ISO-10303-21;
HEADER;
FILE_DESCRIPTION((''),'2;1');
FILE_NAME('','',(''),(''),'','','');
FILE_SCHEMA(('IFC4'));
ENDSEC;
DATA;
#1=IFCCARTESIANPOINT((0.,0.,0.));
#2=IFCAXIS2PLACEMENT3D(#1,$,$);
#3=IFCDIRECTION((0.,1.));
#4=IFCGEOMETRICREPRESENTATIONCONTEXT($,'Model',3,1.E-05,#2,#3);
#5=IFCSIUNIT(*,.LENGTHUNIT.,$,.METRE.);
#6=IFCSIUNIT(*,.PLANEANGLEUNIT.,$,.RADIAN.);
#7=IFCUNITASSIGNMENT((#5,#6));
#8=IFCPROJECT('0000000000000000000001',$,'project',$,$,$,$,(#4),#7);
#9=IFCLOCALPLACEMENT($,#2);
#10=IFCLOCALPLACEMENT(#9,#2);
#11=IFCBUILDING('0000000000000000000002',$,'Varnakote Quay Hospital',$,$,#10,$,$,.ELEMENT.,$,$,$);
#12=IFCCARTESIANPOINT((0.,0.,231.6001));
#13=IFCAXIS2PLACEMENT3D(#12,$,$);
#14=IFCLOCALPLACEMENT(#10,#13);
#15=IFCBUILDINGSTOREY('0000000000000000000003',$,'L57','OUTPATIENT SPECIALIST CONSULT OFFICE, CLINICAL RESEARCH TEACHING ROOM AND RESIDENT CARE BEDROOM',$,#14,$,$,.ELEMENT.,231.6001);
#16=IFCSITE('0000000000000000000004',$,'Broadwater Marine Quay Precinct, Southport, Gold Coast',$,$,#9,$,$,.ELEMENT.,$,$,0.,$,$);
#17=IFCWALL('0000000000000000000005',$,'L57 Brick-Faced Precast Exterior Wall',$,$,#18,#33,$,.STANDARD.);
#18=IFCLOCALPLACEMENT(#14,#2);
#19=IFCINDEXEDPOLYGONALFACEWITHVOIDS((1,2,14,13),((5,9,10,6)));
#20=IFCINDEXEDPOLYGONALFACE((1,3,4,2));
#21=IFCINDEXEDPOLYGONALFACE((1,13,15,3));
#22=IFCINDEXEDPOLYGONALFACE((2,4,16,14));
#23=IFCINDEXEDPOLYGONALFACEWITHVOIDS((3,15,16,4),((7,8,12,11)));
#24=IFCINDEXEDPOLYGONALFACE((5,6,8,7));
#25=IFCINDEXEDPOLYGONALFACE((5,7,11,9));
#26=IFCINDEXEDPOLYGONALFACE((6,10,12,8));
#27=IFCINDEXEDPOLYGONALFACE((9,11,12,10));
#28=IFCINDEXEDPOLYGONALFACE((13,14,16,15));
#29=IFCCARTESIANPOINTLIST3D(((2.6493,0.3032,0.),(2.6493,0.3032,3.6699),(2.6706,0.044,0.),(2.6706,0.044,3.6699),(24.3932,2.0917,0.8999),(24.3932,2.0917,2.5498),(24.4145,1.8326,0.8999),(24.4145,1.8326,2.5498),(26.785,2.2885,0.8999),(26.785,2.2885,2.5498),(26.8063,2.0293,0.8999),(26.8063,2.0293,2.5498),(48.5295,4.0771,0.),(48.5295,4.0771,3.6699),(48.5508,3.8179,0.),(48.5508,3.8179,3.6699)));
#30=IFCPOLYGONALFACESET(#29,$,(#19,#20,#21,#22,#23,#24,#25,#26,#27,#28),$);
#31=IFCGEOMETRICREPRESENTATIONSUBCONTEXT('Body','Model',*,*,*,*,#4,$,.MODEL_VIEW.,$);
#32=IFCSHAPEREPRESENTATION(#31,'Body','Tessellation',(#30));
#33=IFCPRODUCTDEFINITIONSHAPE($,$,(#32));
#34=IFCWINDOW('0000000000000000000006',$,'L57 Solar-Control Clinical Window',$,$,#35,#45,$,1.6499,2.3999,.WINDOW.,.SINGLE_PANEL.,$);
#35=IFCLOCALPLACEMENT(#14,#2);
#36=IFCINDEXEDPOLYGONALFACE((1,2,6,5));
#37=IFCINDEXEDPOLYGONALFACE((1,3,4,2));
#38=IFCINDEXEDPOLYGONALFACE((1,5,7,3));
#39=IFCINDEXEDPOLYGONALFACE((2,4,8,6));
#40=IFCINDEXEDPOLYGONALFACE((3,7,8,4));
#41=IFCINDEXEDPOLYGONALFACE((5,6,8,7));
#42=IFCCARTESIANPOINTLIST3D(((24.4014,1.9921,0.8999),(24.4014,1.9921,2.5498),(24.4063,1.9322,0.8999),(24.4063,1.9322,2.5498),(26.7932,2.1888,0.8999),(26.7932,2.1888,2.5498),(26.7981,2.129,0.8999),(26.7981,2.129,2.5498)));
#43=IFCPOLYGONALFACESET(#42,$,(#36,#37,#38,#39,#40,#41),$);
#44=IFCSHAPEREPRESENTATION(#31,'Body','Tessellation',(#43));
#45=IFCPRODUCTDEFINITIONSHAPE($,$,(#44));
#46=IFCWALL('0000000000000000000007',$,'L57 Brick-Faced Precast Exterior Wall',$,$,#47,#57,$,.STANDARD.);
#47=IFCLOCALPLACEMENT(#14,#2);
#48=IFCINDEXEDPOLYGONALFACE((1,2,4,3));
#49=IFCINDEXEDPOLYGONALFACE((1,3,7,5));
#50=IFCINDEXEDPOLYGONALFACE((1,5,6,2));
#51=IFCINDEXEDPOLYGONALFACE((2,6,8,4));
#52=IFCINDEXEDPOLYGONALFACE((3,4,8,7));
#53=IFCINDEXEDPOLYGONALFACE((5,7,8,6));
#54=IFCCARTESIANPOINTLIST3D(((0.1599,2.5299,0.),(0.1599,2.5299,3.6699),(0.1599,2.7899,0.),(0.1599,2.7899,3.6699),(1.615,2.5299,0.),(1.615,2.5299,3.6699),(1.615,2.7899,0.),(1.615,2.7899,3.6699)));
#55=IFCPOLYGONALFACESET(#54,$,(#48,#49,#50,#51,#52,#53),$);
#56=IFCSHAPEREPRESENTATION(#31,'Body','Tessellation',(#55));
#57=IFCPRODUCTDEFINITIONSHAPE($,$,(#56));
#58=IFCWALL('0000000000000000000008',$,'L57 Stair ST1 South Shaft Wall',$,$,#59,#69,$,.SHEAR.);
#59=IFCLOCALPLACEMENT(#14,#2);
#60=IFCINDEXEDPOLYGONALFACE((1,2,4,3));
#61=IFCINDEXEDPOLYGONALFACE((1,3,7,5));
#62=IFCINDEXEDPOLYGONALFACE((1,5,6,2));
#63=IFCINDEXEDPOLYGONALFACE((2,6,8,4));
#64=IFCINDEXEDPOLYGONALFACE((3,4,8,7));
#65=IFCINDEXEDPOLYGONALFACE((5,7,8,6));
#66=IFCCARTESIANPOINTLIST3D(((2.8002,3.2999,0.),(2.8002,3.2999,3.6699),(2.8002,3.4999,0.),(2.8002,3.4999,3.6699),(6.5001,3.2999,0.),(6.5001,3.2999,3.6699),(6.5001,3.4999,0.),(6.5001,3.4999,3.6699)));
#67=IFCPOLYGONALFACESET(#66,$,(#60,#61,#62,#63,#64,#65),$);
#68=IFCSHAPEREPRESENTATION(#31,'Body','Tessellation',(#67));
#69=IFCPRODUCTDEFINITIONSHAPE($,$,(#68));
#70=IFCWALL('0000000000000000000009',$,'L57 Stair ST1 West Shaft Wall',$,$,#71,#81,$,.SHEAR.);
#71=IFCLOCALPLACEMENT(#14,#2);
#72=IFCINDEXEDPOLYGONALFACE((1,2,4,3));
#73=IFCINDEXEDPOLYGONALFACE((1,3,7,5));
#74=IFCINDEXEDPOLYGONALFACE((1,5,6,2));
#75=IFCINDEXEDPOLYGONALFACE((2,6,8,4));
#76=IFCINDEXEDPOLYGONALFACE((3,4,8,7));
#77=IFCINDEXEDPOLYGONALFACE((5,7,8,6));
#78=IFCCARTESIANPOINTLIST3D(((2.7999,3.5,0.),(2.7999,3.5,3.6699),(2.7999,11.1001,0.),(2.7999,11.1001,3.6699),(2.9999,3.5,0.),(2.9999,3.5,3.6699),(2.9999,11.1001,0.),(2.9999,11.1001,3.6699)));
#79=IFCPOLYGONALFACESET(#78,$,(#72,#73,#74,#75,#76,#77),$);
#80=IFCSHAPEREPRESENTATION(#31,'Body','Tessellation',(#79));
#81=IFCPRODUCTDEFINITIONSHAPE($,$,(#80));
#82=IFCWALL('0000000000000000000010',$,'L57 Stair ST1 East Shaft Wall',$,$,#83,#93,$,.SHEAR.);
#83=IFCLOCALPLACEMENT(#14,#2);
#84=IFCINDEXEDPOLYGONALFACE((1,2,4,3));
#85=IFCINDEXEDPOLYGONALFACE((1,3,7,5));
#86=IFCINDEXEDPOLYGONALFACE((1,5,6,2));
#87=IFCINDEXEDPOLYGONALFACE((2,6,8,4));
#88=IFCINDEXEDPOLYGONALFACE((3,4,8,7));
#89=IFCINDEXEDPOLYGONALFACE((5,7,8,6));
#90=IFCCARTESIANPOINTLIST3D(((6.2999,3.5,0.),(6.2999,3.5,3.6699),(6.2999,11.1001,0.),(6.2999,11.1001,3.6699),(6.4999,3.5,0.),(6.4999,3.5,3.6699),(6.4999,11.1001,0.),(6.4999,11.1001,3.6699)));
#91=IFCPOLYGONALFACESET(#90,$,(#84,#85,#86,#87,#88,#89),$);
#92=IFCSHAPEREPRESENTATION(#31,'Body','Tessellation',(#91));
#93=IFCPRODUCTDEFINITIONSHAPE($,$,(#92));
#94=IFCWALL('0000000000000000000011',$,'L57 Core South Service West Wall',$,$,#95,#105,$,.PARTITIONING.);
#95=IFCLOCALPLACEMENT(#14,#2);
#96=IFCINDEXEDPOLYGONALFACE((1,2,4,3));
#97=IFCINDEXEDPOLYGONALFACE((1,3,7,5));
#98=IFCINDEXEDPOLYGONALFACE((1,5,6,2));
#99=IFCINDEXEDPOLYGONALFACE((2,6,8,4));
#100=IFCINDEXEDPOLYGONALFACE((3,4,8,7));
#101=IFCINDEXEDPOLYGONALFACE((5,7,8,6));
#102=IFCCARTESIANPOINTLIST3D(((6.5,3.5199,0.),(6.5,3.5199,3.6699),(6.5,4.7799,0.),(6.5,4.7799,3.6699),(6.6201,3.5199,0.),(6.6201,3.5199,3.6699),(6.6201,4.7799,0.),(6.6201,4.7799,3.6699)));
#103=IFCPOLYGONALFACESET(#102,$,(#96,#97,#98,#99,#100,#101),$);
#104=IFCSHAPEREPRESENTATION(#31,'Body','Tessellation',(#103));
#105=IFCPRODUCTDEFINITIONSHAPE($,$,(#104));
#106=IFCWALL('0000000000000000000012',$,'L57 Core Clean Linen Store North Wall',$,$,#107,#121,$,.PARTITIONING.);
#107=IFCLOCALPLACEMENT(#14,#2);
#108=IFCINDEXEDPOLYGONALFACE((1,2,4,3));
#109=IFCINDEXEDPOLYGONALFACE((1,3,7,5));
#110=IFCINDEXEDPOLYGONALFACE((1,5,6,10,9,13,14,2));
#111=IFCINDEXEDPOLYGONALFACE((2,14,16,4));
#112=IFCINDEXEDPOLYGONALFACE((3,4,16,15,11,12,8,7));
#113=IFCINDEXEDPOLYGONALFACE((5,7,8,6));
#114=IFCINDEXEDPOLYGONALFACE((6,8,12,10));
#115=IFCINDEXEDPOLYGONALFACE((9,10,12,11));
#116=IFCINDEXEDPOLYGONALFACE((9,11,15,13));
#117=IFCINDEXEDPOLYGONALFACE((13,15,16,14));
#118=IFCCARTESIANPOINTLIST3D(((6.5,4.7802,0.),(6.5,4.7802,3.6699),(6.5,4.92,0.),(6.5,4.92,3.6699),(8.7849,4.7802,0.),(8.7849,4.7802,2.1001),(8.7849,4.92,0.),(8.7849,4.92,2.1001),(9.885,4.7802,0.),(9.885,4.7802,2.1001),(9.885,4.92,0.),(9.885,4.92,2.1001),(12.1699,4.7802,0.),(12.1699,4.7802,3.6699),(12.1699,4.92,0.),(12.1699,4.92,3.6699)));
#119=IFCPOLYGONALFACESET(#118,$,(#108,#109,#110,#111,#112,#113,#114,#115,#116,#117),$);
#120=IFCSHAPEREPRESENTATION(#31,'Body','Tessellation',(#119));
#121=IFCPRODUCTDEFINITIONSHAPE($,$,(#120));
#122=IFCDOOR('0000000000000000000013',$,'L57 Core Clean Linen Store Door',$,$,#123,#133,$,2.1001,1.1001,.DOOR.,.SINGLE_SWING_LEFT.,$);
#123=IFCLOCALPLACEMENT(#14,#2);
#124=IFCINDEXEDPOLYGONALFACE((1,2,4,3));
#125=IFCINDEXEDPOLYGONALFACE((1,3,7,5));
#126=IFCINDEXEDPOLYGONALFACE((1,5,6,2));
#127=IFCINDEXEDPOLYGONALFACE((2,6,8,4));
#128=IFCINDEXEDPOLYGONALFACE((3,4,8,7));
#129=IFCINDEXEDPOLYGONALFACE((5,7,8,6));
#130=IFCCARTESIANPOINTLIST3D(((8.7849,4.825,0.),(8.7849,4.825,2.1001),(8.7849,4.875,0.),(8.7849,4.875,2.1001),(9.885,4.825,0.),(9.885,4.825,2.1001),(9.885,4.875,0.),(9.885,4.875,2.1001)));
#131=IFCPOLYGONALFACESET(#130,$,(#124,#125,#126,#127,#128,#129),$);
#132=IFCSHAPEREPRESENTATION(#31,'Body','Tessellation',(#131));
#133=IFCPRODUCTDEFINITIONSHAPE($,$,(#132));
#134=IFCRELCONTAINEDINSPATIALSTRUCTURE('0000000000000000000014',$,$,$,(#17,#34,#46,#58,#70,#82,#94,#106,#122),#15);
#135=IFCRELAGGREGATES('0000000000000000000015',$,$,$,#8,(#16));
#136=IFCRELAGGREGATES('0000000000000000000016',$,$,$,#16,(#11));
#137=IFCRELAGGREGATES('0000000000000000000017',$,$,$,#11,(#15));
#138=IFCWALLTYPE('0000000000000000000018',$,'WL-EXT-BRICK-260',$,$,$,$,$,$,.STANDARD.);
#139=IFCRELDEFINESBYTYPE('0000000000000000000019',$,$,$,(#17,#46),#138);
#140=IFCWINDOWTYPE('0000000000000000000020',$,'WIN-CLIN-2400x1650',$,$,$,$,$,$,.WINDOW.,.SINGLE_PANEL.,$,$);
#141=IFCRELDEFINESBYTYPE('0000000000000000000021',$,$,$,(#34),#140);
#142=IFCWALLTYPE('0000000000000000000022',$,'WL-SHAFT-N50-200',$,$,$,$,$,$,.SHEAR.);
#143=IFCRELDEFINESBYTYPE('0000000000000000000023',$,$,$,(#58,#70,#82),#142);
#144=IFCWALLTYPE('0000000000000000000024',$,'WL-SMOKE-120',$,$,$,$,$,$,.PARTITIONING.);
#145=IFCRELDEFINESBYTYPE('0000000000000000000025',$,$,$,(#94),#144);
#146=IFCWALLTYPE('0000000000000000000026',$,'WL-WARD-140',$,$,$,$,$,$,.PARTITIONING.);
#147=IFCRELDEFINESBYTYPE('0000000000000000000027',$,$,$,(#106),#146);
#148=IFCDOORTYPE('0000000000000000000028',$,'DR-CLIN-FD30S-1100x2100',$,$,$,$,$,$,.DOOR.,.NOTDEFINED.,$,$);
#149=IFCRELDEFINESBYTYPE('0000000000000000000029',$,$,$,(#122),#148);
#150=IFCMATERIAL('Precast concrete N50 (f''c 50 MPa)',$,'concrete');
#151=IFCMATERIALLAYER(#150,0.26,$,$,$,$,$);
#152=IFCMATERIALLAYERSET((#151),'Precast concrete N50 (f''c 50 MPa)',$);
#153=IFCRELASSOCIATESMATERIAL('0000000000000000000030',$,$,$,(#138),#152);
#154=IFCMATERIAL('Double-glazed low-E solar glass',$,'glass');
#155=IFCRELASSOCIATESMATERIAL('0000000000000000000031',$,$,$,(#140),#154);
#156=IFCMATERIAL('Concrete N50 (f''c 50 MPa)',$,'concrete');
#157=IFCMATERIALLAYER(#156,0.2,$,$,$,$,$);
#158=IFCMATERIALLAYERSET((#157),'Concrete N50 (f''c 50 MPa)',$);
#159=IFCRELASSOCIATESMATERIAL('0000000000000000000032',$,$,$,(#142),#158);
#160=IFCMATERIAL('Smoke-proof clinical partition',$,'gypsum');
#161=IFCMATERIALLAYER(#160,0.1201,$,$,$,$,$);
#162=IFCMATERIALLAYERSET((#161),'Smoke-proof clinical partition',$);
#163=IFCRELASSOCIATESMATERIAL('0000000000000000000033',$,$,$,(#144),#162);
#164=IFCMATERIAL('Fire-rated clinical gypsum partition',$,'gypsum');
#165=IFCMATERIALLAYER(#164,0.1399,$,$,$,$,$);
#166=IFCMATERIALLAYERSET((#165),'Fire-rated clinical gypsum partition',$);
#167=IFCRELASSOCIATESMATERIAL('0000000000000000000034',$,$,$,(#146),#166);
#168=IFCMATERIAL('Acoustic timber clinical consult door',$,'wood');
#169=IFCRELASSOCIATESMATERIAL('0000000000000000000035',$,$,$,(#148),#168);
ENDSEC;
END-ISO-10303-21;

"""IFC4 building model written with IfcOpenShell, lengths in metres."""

from ifc_helpers import new_model, si_unit, direction, frame, frame_2d, origin, place, context, subcontext, project, spatial, rectangle, extrude, material, layer, layer_set, type_object, element, fill, save


model = new_model("IFC4")

# Units and contexts
model_context = context("Model", 3, precision=1e-05, world=origin(), true_north=direction((0.0, 1.0)))
body_context = subcontext(model_context, "Body", "Model", "MODEL_VIEW")
ifc_project = project(units=[si_unit("LENGTHUNIT", "METRE"), si_unit("PLANEANGLEUNIT", "RADIAN")], contexts=[model_context])

# Site, building, storey
site_placement = place(None, origin())
site = spatial("IfcSite", under=ifc_project, at=site_placement, Name="Broadwater Marine Quay Precinct, Southport, Gold Coast", CompositionType="ELEMENT", RefElevation=0.0)
building_placement = place(site_placement, origin())
building = spatial("IfcBuilding", under=site, at=building_placement, Name="Varnakote Quay Hospital", CompositionType="ELEMENT")
storey_placement = place(building_placement, frame((0.0, 0.0, 231.6001)))
storey = spatial("IfcBuildingStorey", under=building, at=storey_placement, Name="L57", Description="OUTPATIENT SPECIALIST CONSULT OFFICE, CLINICAL RESEARCH TEACHING ROOM AND RESIDENT CARE BEDROOM", CompositionType="ELEMENT", Elevation=231.6001)

# Shared definitions
ifc_material_1 = material(Name="Precast concrete N50 (f'c 50 MPa)", Category="concrete")
ifc_layer_1 = layer(ifc_material_1, 0.26)
ifc_layer_set_1 = layer_set([ifc_layer_1], Name="Precast concrete N50 (f'c 50 MPa)")
wall_type_1 = type_object("IfcWallType", Name="WL-EXT-BRICK-260", PredefinedType="STANDARD", material=ifc_layer_set_1)

# Wall, opening, window
wall_1_placement = place(storey_placement, frame((2.6599, 0.1736, 0.0), z_axis=(0.0, 0.0, 1.0), x_axis=(0.996634, 0.081979, 0.0)))
wall_1 = element("IfcWall", 1, at=wall_1_placement, inside=storey, type_object=wall_type_1, Name="L57 Brick-Faced Precast Exterior Wall", PredefinedType="STANDARD", context=body_context, shape_type="SweptSolid", body=[
    extrude(rectangle(XDim=46.0352, YDim=0.26, at=frame_2d((23.0176, 0.0))), origin(), (0.0, 0.0, 1.0), 3.6699),
])
opening_1_placement = place(wall_1_placement, frame((21.8174, 0.0, 0.8999)))
opening_1 = element("IfcOpeningElement", 2, at=opening_1_placement, cuts=wall_1, PredefinedType="OPENING", context=body_context, shape_type="SweptSolid", body=[
    extrude(rectangle(XDim=2.3999, YDim=1.6499, at=frame_2d((1.2, 0.825))), frame((0.0, 0.1399, 0.0), z_axis=(0.0, -1.0, 0.0), x_axis=(1.0, 0.0, 0.0)), (0.0, 0.0, 1.0), 0.28),
])
ifc_material_2 = material(Name="Double-glazed low-E solar glass", Category="glass")
window_type = type_object("IfcWindowType", Name="WIN-CLIN-2400x1650", PartitioningType="SINGLE_PANEL", PredefinedType="WINDOW", material=ifc_material_2)
window_placement = place(opening_1_placement, origin())
window = element("IfcWindow", 3, at=window_placement, inside=storey, type_object=window_type, Name="L57 Solar-Control Clinical Window", OverallHeight=1.6499, OverallWidth=2.3999, PartitioningType="SINGLE_PANEL", PredefinedType="WINDOW", context=body_context, shape_type="SweptSolid", body=[
    extrude(rectangle(XDim=2.3999, YDim=1.6499, at=frame_2d((1.2, 0.825))), frame((0.0, 0.03, 0.0), z_axis=(0.0, -1.0, 0.0), x_axis=(1.0, 0.0, 0.0)), (0.0, 0.0, 1.0), 0.0601),
])
fill(opening_1, window)

# Walls
wall_2_placement = place(storey_placement, frame((0.1599, 2.6599, 0.0), z_axis=(0.0, 0.0, 1.0), x_axis=(1.0, 0.0, 0.0)))
element("IfcWall", 4, at=wall_2_placement, inside=storey, type_object=wall_type_1, Name="L57 Brick-Faced Precast Exterior Wall", PredefinedType="STANDARD", context=body_context, shape_type="SweptSolid", body=[
    extrude(rectangle(XDim=1.4551, YDim=0.26, at=frame_2d((0.7275, 0.0))), origin(), (0.0, 0.0, 1.0), 3.6699),
])
ifc_material_3 = material(Name="Concrete N50 (f'c 50 MPa)", Category="concrete")
ifc_layer_2 = layer(ifc_material_3, 0.2)
ifc_layer_set_2 = layer_set([ifc_layer_2], Name="Concrete N50 (f'c 50 MPa)")
wall_type_2 = type_object("IfcWallType", Name="WL-SHAFT-N50-200", PredefinedType="SHEAR", material=ifc_layer_set_2)
wall_3_placement = place(storey_placement, frame((2.8, 3.3999, 0.0), z_axis=(0.0, 0.0, 1.0), x_axis=(1.0, 0.0, 0.0)))
element("IfcWall", 5, at=wall_3_placement, inside=storey, type_object=wall_type_2, Name="L57 Stair ST1 South Shaft Wall", PredefinedType="SHEAR", context=body_context, shape_type="SweptSolid", body=[
    extrude(rectangle(XDim=3.7, YDim=0.2, at=frame_2d((1.8501, 0.0))), origin(), (0.0, 0.0, 1.0), 3.6699),
])
for number, where, z_axis, x_axis, name in (
    (6, (2.8999, 3.5, 0.0), (0.0, 0.0, 1.0), (0.0, 1.0, 0.0), "L57 Stair ST1 West Shaft Wall"),
    (7, (6.3999, 3.5, 0.0), (0.0, 0.0, 1.0), (0.0, 1.0, 0.0), "L57 Stair ST1 East Shaft Wall"),
):
    element("IfcWall", number, at=place(storey_placement, frame(where, z_axis=z_axis, x_axis=x_axis)), inside=storey, type_object=wall_type_2, Name=name, PredefinedType="SHEAR", context=body_context, shape_type="SweptSolid", body=[
        extrude(rectangle(XDim=7.6001, YDim=0.2, at=frame_2d((3.8, 0.0))), origin(), (0.0, 0.0, 1.0), 3.6699),
    ])
ifc_material_4 = material(Name="Smoke-proof clinical partition", Category="gypsum")
ifc_layer_3 = layer(ifc_material_4, 0.1201)
ifc_layer_set_3 = layer_set([ifc_layer_3], Name="Smoke-proof clinical partition")
wall_type_3 = type_object("IfcWallType", Name="WL-SMOKE-120", PredefinedType="PARTITIONING", material=ifc_layer_set_3)
wall_4_placement = place(storey_placement, frame((6.5601, 3.52, 0.0), z_axis=(0.0, 0.0, 1.0), x_axis=(0.0, 1.0, 0.0)))
element("IfcWall", 8, at=wall_4_placement, inside=storey, type_object=wall_type_3, Name="L57 Core South Service West Wall", PredefinedType="PARTITIONING", context=body_context, shape_type="SweptSolid", body=[
    extrude(rectangle(XDim=1.26, YDim=0.1201, at=frame_2d((0.6299, 0.0))), origin(), (0.0, 0.0, 1.0), 3.6699),
])

# Wall, opening, door
ifc_material_5 = material(Name="Fire-rated clinical gypsum partition", Category="gypsum")
ifc_layer_4 = layer(ifc_material_5, 0.1399)
ifc_layer_set_4 = layer_set([ifc_layer_4], Name="Fire-rated clinical gypsum partition")
wall_type_4 = type_object("IfcWallType", Name="WL-WARD-140", PredefinedType="PARTITIONING", material=ifc_layer_set_4)
wall_5_placement = place(storey_placement, frame((6.5, 4.8501, 0.0), z_axis=(0.0, 0.0, 1.0), x_axis=(1.0, 0.0, 0.0)))
wall_5 = element("IfcWall", 9, at=wall_5_placement, inside=storey, type_object=wall_type_4, Name="L57 Core Clean Linen Store North Wall", PredefinedType="PARTITIONING", context=body_context, shape_type="SweptSolid", body=[
    extrude(rectangle(XDim=5.6699, YDim=0.1399, at=frame_2d((2.835, 0.0))), origin(), (0.0, 0.0, 1.0), 3.6699),
])
opening_2_placement = place(wall_5_placement, frame((2.2849, 0.0, 0.0)))
opening_2 = element("IfcOpeningElement", 10, at=opening_2_placement, cuts=wall_5, PredefinedType="OPENING", context=body_context, shape_type="SweptSolid", body=[
    extrude(rectangle(XDim=1.1001, YDim=2.1001, at=frame_2d((0.55, 1.05))), frame((0.0, 0.0798, 0.0), z_axis=(0.0, -1.0, 0.0), x_axis=(1.0, 0.0, 0.0)), (0.0, 0.0, 1.0), 0.1599),
])
ifc_material_6 = material(Name="Acoustic timber clinical consult door", Category="wood")
door_type = type_object("IfcDoorType", Name="DR-CLIN-FD30S-1100x2100", OperationType="NOTDEFINED", PredefinedType="DOOR", material=ifc_material_6)
door_placement = place(opening_2_placement, origin())
door = element("IfcDoor", 11, at=door_placement, inside=storey, type_object=door_type, Name="L57 Core Clean Linen Store Door", OperationType="SINGLE_SWING_LEFT", OverallHeight=2.1001, OverallWidth=1.1001, PredefinedType="DOOR", context=body_context, shape_type="SweptSolid", body=[
    extrude(rectangle(XDim=1.1001, YDim=2.1001, at=frame_2d((0.55, 1.05))), frame((0.0, 0.0249, 0.0), z_axis=(0.0, -1.0, 0.0), x_axis=(1.0, 0.0, 0.0)), (0.0, 0.0, 1.0), 0.05),
])
fill(opening_2, door)

save(model, "model.ifc")
